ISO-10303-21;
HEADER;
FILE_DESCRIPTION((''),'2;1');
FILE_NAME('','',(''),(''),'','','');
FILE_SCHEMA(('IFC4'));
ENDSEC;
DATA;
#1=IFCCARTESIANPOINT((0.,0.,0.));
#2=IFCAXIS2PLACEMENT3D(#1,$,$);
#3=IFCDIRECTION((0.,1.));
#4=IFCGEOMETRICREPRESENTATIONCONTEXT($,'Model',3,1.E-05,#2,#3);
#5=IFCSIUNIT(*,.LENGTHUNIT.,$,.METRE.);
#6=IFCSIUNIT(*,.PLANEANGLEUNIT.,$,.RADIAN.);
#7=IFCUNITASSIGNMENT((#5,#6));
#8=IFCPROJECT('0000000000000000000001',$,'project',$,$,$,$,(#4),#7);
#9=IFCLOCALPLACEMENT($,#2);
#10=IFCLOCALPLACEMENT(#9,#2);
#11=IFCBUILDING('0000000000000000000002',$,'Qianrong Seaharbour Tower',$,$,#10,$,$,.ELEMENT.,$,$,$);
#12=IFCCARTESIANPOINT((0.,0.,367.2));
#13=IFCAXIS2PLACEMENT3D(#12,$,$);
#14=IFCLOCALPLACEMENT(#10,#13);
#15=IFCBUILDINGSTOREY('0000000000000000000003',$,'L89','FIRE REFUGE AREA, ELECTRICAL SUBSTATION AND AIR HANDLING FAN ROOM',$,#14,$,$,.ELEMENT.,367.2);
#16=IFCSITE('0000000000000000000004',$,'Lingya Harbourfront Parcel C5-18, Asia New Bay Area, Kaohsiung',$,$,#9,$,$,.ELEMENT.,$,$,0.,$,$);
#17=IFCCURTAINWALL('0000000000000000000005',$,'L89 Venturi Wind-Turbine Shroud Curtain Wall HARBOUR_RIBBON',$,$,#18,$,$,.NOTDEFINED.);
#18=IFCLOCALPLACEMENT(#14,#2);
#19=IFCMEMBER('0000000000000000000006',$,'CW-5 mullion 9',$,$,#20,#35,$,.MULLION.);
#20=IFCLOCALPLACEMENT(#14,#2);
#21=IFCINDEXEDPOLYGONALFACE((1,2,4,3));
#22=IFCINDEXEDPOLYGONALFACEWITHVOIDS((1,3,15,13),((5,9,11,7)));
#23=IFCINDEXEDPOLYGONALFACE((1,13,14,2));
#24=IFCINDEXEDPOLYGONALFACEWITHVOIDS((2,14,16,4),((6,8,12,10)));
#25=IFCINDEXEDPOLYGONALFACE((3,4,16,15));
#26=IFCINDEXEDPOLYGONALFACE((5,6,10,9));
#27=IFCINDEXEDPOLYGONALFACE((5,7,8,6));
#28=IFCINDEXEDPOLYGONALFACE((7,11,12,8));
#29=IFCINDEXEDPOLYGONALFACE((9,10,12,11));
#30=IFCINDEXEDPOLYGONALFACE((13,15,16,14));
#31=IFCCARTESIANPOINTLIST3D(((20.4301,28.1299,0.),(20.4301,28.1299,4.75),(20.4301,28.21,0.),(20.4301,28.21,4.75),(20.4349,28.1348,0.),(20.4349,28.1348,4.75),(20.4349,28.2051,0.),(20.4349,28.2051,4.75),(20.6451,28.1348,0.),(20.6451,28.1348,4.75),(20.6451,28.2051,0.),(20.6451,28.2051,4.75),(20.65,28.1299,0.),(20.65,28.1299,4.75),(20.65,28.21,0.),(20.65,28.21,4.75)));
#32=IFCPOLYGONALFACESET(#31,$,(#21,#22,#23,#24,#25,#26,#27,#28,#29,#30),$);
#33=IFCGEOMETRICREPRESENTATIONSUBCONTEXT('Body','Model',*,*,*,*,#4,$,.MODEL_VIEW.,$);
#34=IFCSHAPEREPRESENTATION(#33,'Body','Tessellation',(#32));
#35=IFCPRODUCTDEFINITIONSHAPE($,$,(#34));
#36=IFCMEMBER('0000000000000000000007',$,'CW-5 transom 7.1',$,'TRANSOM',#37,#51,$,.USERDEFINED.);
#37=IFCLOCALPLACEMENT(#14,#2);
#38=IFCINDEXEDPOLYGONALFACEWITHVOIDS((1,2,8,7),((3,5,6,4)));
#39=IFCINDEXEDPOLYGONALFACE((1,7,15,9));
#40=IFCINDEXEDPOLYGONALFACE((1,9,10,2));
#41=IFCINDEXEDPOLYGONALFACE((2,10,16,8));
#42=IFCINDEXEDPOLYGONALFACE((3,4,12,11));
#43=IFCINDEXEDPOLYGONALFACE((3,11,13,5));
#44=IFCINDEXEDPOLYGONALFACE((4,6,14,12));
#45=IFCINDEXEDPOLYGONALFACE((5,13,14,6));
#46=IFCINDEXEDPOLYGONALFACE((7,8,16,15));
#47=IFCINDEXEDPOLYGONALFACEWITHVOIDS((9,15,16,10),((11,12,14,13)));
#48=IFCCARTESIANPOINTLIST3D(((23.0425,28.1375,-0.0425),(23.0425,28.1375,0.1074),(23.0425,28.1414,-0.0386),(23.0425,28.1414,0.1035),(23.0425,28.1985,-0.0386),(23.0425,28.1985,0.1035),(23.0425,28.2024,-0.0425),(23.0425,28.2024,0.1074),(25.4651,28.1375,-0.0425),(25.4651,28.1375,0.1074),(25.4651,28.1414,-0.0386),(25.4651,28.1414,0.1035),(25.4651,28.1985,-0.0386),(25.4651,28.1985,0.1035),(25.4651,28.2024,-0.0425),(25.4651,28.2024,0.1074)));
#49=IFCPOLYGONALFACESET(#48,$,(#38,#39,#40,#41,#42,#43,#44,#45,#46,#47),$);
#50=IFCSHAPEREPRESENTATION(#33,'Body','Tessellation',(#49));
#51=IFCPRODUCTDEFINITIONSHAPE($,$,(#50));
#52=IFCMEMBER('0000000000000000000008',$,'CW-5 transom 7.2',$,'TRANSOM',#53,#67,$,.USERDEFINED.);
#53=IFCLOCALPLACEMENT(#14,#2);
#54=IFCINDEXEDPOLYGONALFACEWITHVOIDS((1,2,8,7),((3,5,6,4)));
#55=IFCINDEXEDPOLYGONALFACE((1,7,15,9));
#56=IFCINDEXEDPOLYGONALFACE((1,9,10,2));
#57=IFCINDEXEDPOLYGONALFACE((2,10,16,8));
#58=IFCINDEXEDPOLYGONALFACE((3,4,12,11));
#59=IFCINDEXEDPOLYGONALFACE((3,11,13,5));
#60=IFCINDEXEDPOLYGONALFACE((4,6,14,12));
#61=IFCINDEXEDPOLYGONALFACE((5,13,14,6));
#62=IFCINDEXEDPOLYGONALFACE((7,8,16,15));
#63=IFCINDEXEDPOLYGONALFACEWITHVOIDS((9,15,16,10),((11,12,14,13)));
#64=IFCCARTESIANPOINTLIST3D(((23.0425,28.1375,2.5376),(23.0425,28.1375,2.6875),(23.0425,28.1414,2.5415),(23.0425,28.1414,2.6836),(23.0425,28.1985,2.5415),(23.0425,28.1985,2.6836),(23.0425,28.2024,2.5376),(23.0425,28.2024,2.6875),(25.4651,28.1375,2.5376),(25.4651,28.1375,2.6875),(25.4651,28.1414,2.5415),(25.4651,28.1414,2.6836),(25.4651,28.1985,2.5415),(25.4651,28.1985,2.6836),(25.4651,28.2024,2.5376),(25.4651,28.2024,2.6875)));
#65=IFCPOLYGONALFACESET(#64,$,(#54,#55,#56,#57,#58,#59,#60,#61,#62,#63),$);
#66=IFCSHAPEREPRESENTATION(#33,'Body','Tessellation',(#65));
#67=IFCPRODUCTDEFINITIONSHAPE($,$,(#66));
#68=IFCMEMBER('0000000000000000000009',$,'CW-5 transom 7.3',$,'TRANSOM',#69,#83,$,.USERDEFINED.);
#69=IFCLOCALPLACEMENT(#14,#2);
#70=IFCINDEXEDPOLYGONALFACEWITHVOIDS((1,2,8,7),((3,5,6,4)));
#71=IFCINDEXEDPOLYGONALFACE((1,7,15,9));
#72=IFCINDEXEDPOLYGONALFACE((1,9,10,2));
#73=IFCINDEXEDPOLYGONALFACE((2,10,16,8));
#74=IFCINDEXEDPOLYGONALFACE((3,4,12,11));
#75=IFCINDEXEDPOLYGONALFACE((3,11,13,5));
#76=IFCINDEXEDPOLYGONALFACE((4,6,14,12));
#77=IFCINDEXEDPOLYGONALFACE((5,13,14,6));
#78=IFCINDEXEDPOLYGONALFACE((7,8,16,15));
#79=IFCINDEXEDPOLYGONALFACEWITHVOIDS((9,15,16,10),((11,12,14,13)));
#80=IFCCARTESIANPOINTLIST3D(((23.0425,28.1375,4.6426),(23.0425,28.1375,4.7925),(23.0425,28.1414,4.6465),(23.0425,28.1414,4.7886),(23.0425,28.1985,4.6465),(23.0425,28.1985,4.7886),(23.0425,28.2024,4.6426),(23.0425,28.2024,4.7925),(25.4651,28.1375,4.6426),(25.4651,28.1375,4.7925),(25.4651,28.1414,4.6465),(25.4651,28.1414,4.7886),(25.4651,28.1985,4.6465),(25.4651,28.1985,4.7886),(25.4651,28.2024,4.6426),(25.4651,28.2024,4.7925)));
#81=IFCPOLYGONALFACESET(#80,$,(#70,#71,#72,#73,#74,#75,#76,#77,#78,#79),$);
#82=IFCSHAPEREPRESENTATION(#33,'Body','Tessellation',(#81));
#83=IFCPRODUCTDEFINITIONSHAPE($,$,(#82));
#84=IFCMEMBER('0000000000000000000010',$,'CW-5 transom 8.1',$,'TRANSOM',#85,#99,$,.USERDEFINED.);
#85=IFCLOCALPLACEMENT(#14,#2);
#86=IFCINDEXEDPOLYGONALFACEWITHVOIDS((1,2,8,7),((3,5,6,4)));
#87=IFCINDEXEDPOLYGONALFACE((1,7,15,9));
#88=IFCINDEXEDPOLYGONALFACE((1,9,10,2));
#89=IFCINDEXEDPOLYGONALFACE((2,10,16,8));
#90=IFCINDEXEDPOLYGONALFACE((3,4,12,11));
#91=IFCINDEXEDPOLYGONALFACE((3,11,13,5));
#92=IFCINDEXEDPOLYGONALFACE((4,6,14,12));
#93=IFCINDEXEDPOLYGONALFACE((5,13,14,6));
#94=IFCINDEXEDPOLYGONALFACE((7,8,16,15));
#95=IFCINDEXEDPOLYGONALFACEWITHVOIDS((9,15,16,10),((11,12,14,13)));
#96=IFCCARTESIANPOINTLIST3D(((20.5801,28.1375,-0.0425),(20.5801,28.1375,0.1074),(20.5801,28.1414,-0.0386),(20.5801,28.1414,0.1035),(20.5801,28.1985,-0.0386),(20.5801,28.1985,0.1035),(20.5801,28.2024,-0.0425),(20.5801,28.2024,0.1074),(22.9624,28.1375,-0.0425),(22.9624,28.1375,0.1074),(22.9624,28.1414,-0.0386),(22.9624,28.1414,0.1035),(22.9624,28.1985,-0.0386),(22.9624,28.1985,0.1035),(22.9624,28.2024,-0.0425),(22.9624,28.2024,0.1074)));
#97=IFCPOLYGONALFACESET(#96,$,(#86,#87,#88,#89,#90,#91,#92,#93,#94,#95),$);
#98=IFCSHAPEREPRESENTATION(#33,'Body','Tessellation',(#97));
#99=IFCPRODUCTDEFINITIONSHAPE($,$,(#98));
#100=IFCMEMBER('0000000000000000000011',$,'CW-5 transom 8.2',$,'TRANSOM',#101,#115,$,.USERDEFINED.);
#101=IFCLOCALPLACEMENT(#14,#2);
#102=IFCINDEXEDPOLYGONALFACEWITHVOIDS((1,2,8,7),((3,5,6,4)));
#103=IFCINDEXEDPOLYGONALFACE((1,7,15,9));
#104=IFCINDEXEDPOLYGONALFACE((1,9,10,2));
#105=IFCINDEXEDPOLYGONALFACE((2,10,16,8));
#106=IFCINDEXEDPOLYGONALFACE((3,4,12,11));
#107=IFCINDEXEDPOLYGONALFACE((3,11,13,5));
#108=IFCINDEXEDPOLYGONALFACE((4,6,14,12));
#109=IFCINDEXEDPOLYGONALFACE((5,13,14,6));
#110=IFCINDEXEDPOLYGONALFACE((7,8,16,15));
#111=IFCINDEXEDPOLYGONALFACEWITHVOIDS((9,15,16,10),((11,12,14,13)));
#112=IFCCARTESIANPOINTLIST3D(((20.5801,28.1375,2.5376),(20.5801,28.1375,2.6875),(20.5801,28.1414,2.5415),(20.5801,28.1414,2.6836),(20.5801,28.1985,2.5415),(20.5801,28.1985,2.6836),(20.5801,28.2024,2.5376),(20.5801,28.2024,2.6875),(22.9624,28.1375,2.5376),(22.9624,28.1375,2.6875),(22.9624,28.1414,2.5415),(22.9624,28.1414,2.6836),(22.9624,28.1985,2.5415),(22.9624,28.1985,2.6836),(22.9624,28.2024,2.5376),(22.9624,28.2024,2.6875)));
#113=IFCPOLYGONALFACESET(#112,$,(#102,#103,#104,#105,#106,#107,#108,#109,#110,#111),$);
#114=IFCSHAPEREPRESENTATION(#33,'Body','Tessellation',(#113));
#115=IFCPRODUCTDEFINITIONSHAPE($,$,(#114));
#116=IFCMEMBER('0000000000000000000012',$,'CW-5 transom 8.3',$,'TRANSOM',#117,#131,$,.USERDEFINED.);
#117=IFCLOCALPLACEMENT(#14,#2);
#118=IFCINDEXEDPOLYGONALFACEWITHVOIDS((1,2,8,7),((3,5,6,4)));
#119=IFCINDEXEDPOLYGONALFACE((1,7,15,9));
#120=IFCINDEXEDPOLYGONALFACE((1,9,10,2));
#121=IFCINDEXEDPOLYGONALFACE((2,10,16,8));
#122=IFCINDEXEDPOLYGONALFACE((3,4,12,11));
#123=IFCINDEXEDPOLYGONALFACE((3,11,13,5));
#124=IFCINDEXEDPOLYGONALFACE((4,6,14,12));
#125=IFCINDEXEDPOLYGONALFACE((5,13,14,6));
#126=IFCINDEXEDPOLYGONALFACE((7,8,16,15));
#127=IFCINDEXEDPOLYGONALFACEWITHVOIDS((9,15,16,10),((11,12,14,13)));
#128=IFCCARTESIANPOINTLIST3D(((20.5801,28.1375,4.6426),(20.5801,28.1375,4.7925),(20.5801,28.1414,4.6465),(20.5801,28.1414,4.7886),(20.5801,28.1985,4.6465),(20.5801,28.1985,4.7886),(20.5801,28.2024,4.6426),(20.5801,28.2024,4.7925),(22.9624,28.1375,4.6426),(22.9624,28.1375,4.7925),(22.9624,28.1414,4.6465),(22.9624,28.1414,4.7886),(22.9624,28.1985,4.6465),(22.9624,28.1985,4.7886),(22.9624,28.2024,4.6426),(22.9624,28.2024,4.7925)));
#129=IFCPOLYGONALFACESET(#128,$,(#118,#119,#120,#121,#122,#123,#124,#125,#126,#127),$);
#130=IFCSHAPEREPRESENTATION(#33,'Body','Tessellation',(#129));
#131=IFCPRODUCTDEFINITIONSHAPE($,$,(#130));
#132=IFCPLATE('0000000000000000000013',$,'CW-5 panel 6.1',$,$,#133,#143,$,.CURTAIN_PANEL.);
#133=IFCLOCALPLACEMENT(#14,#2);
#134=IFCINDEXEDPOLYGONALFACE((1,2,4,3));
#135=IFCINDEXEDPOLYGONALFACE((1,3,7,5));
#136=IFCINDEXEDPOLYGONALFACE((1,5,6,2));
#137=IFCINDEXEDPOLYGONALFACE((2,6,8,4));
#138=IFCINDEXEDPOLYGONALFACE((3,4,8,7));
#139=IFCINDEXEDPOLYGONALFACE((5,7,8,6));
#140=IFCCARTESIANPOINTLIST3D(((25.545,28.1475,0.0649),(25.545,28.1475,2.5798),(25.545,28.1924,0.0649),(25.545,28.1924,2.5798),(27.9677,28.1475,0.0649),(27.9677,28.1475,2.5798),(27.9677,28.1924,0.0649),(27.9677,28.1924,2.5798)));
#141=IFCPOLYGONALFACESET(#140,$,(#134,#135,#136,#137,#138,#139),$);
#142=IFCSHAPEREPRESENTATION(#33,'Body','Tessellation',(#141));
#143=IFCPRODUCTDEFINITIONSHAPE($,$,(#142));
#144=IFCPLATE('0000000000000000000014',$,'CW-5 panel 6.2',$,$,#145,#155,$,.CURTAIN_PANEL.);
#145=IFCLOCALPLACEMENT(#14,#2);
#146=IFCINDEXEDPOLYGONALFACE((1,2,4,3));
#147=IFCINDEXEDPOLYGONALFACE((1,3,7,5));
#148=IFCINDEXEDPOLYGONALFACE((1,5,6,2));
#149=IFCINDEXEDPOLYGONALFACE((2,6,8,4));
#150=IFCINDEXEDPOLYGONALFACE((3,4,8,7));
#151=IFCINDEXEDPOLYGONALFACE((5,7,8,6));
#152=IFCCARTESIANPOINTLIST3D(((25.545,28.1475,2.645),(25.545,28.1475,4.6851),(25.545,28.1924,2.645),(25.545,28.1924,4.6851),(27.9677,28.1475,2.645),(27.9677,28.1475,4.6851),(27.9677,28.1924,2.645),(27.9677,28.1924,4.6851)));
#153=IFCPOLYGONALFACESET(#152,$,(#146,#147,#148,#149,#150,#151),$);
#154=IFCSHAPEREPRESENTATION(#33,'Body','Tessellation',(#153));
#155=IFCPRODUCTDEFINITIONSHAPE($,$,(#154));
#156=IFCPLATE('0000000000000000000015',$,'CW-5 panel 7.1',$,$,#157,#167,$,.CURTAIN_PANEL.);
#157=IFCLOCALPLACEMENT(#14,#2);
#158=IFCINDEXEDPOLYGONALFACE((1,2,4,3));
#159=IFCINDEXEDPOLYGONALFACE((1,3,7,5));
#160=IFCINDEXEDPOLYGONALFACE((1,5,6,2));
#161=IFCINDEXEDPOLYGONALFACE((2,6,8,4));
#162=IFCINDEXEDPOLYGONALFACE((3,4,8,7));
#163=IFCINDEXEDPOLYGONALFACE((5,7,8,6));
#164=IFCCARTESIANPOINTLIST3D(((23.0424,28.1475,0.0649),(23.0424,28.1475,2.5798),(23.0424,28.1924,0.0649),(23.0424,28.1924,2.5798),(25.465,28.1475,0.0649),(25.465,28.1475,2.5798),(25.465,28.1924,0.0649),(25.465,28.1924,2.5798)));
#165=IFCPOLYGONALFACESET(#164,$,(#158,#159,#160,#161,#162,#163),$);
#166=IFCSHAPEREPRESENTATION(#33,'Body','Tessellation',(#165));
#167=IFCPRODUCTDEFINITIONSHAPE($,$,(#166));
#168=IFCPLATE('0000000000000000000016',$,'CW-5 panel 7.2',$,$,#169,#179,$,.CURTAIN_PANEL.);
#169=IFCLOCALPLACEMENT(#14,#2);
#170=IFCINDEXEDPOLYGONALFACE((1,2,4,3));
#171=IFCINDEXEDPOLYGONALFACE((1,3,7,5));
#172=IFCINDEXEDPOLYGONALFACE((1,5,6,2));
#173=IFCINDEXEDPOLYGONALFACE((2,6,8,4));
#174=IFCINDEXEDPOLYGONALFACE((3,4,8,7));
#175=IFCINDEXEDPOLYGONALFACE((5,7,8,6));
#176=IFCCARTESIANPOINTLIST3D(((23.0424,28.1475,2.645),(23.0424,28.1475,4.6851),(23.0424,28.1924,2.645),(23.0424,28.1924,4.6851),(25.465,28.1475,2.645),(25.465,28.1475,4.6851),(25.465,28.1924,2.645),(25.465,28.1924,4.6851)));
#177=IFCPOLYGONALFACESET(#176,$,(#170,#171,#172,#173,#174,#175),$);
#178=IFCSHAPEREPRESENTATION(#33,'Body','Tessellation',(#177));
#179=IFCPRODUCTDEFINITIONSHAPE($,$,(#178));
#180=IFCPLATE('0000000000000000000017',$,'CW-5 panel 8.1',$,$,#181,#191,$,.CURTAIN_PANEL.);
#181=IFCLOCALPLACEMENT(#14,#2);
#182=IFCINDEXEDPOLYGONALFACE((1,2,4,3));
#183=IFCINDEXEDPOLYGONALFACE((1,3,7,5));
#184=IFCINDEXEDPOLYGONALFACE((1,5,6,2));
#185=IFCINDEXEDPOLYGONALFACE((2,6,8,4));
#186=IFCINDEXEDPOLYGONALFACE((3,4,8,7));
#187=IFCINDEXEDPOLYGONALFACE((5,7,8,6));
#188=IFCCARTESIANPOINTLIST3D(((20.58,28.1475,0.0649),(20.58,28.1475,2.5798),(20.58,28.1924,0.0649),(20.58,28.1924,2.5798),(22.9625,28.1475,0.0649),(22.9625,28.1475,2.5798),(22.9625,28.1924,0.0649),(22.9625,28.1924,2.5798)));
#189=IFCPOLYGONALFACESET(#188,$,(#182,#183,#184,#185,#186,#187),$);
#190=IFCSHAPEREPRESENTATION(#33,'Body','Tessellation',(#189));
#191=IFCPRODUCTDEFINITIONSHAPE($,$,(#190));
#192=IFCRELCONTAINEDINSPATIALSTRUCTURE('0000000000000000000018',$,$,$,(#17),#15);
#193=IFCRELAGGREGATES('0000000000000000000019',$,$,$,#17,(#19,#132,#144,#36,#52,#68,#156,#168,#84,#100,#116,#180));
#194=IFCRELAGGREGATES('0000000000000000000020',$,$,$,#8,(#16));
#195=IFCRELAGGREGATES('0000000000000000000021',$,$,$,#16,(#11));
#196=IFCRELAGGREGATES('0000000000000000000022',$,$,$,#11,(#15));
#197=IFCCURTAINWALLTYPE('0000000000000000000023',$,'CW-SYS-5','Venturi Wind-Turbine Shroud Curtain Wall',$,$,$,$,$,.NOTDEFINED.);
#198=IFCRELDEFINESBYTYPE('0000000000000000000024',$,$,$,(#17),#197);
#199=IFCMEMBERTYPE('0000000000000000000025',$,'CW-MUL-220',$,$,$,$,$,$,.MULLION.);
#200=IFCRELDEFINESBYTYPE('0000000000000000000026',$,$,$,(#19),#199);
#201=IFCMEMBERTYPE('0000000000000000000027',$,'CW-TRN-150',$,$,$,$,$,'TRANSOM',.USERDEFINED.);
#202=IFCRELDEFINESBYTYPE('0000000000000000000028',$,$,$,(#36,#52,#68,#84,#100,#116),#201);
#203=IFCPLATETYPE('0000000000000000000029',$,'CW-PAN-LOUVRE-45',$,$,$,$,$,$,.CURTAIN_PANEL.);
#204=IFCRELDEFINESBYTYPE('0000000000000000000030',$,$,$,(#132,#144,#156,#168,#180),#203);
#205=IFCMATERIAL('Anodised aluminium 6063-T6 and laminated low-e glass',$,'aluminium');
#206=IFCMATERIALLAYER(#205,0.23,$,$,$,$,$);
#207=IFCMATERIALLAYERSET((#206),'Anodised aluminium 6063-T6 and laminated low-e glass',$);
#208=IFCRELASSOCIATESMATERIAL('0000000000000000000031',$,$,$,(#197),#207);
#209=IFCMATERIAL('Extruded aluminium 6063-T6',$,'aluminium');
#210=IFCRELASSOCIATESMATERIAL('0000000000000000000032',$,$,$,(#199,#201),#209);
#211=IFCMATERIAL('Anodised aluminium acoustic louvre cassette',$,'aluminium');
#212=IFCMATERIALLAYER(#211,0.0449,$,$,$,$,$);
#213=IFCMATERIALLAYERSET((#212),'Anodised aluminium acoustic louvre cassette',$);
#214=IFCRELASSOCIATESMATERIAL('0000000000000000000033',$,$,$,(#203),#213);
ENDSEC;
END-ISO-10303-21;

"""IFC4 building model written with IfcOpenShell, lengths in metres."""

from ifc_helpers import new_model, si_unit, direction, frame, origin, origin_2d, place, context, subcontext, project, spatial, rectangle, hollow_rectangle, extrude, material, layer, layer_set, material_profile, profile_set, type_object, element, aggregate, save


model = new_model("IFC4")

# Units and contexts
model_context = context("Model", 3, precision=1e-05, world=origin(), true_north=direction((0.0, 1.0)))
body_context = subcontext(model_context, "Body", "Model", "MODEL_VIEW")
ifc_project = project(units=[si_unit("LENGTHUNIT", "METRE"), si_unit("PLANEANGLEUNIT", "RADIAN")], contexts=[model_context])

# Site, building, storey
site_placement = place(None, origin())
site = spatial("IfcSite", under=ifc_project, at=site_placement, Name="Lingya Harbourfront Parcel C5-18, Asia New Bay Area, Kaohsiung", CompositionType="ELEMENT", RefElevation=0.0)
building_placement = place(site_placement, origin())
building = spatial("IfcBuilding", under=site, at=building_placement, Name="Qianrong Seaharbour Tower", CompositionType="ELEMENT")
storey_placement = place(building_placement, frame((0.0, 0.0, 367.2)))
storey = spatial("IfcBuildingStorey", under=building, at=storey_placement, Name="L89", Description="FIRE REFUGE AREA, ELECTRICAL SUBSTATION AND AIR HANDLING FAN ROOM", CompositionType="ELEMENT", Elevation=367.2)

# Curtain wall, members, plates
ifc_material_1 = material(Name="Anodised aluminium 6063-T6 and laminated low-e glass", Category="aluminium")
ifc_layer_1 = layer(ifc_material_1, 0.23)
ifc_layer_set_1 = layer_set([ifc_layer_1], Name="Anodised aluminium 6063-T6 and laminated low-e glass")
curtain_wall_type = type_object("IfcCurtainWallType", Name="CW-SYS-5", Description="Venturi Wind-Turbine Shroud Curtain Wall", PredefinedType="NOTDEFINED", material=ifc_layer_set_1)
curtain_wall_placement = place(storey_placement, origin())
curtain_wall = element("IfcCurtainWall", 1, at=curtain_wall_placement, inside=storey, type_object=curtain_wall_type, Name="L89 Venturi Wind-Turbine Shroud Curtain Wall HARBOUR_RIBBON", PredefinedType="NOTDEFINED")
ifc_material_2 = material(Name="Extruded aluminium 6063-T6", Category="aluminium")
ifc_material_profile_1 = material_profile(ifc_material_2, hollow_rectangle(XDim=0.0801, YDim=0.22, WallThickness=0.0049, at=origin_2d()), Name="ALU-MUL-220x80x5")
ifc_profile_set_1 = profile_set([ifc_material_profile_1], Name="Extruded aluminium 6063-T6")
member_type_1 = type_object("IfcMemberType", Name="CW-MUL-220", PredefinedType="MULLION", material=ifc_profile_set_1)
member_1_placement = place(storey_placement, frame((20.54, 28.1699, 0.0), z_axis=(0.0, 0.0, 1.0), x_axis=(0.0, -1.0, 0.0)))
member_1 = element("IfcMember", 2, at=member_1_placement, type_object=member_type_1, Name="CW-5 mullion 9", PredefinedType="MULLION", context=body_context, shape_type="SweptSolid", body=[
    extrude(hollow_rectangle(XDim=0.0801, YDim=0.22, WallThickness=0.0049, at=origin_2d()), origin(), (0.0, 0.0, 1.0), 4.75),
])
ifc_material_profile_2 = material_profile(ifc_material_2, hollow_rectangle(XDim=0.0649, YDim=0.1499, WallThickness=0.0039, at=origin_2d()), Name="ALU-TRN-150x65x4")
ifc_profile_set_2 = profile_set([ifc_material_profile_2], Name="Extruded aluminium 6063-T6")
member_type_2 = type_object("IfcMemberType", Name="CW-TRN-150", ElementType="TRANSOM", PredefinedType="USERDEFINED", material=ifc_profile_set_2)
member_2_placement = place(storey_placement, frame((25.4651, 28.1699, 0.0325), z_axis=(-1.0, 0.0, 0.0), x_axis=(0.0, -1.0, 0.0)))
member_2 = element("IfcMember", 3, at=member_2_placement, type_object=member_type_2, Name="CW-5 transom 7.1", ObjectType="TRANSOM", PredefinedType="USERDEFINED", context=body_context, shape_type="SweptSolid", body=[
    extrude(hollow_rectangle(XDim=0.0649, YDim=0.1499, WallThickness=0.0039, at=origin_2d()), origin(), (0.0, 0.0, 1.0), 2.4226),
])
member_3_placement = place(storey_placement, frame((25.4651, 28.1699, 2.6125), z_axis=(-1.0, 0.0, 0.0), x_axis=(0.0, -1.0, 0.0)))
member_3 = element("IfcMember", 4, at=member_3_placement, type_object=member_type_2, Name="CW-5 transom 7.2", ObjectType="TRANSOM", PredefinedType="USERDEFINED", context=body_context, shape_type="SweptSolid", body=[
    extrude(hollow_rectangle(XDim=0.0649, YDim=0.1499, WallThickness=0.0039, at=origin_2d()), origin(), (0.0, 0.0, 1.0), 2.4226),
])
member_4_placement = place(storey_placement, frame((25.4651, 28.1699, 4.7175), z_axis=(-1.0, 0.0, 0.0), x_axis=(0.0, -1.0, 0.0)))
member_4 = element("IfcMember", 5, at=member_4_placement, type_object=member_type_2, Name="CW-5 transom 7.3", ObjectType="TRANSOM", PredefinedType="USERDEFINED", context=body_context, shape_type="SweptSolid", body=[
    extrude(hollow_rectangle(XDim=0.0649, YDim=0.1499, WallThickness=0.0039, at=origin_2d()), origin(), (0.0, 0.0, 1.0), 2.4226),
])
member_5_placement = place(storey_placement, frame((22.9624, 28.1699, 0.0325), z_axis=(-1.0, 0.0, 0.0), x_axis=(0.0, -1.0, 0.0)))
member_5 = element("IfcMember", 6, at=member_5_placement, type_object=member_type_2, Name="CW-5 transom 8.1", ObjectType="TRANSOM", PredefinedType="USERDEFINED", context=body_context, shape_type="SweptSolid", body=[
    extrude(hollow_rectangle(XDim=0.0649, YDim=0.1499, WallThickness=0.0039, at=origin_2d()), origin(), (0.0, 0.0, 1.0), 2.3823),
])
member_6_placement = place(storey_placement, frame((22.9624, 28.1699, 2.6125), z_axis=(-1.0, 0.0, 0.0), x_axis=(0.0, -1.0, 0.0)))
member_6 = element("IfcMember", 7, at=member_6_placement, type_object=member_type_2, Name="CW-5 transom 8.2", ObjectType="TRANSOM", PredefinedType="USERDEFINED", context=body_context, shape_type="SweptSolid", body=[
    extrude(hollow_rectangle(XDim=0.0649, YDim=0.1499, WallThickness=0.0039, at=origin_2d()), origin(), (0.0, 0.0, 1.0), 2.3823),
])
member_7_placement = place(storey_placement, frame((22.9624, 28.1699, 4.7175), z_axis=(-1.0, 0.0, 0.0), x_axis=(0.0, -1.0, 0.0)))
member_7 = element("IfcMember", 8, at=member_7_placement, type_object=member_type_2, Name="CW-5 transom 8.3", ObjectType="TRANSOM", PredefinedType="USERDEFINED", context=body_context, shape_type="SweptSolid", body=[
    extrude(hollow_rectangle(XDim=0.0649, YDim=0.1499, WallThickness=0.0039, at=origin_2d()), origin(), (0.0, 0.0, 1.0), 2.3823),
])
ifc_material_3 = material(Name="Anodised aluminium acoustic louvre cassette", Category="aluminium")
ifc_layer_2 = layer(ifc_material_3, 0.0449)
ifc_layer_set_2 = layer_set([ifc_layer_2], Name="Anodised aluminium acoustic louvre cassette")
plate_type = type_object("IfcPlateType", Name="CW-PAN-LOUVRE-45", PredefinedType="CURTAIN_PANEL", material=ifc_layer_set_2)
plate_1_placement = place(storey_placement, frame((26.7563, 28.1699, 0.0649), z_axis=(0.0, 0.0, 1.0), x_axis=(-1.0, 0.0, 0.0)))
plate_1 = element("IfcPlate", 9, at=plate_1_placement, type_object=plate_type, Name="CW-5 panel 6.1", PredefinedType="CURTAIN_PANEL", context=body_context, shape_type="SweptSolid", body=[
    extrude(rectangle(XDim=2.4226, YDim=0.0449, at=origin_2d()), origin(), (0.0, 0.0, 1.0), 2.5149),
])
plate_2_placement = place(storey_placement, frame((26.7563, 28.1699, 2.645), z_axis=(0.0, 0.0, 1.0), x_axis=(-1.0, 0.0, 0.0)))
plate_2 = element("IfcPlate", 10, at=plate_2_placement, type_object=plate_type, Name="CW-5 panel 6.2", PredefinedType="CURTAIN_PANEL", context=body_context, shape_type="SweptSolid", body=[
    extrude(rectangle(XDim=2.4226, YDim=0.0449, at=origin_2d()), origin(), (0.0, 0.0, 1.0), 2.04),
])
plate_3_placement = place(storey_placement, frame((24.2537, 28.1699, 0.0649), z_axis=(0.0, 0.0, 1.0), x_axis=(-1.0, 0.0, 0.0)))
plate_3 = element("IfcPlate", 11, at=plate_3_placement, type_object=plate_type, Name="CW-5 panel 7.1", PredefinedType="CURTAIN_PANEL", context=body_context, shape_type="SweptSolid", body=[
    extrude(rectangle(XDim=2.4226, YDim=0.0449, at=origin_2d()), origin(), (0.0, 0.0, 1.0), 2.5149),
])
plate_4_placement = place(storey_placement, frame((24.2537, 28.1699, 2.645), z_axis=(0.0, 0.0, 1.0), x_axis=(-1.0, 0.0, 0.0)))
plate_4 = element("IfcPlate", 12, at=plate_4_placement, type_object=plate_type, Name="CW-5 panel 7.2", PredefinedType="CURTAIN_PANEL", context=body_context, shape_type="SweptSolid", body=[
    extrude(rectangle(XDim=2.4226, YDim=0.0449, at=origin_2d()), origin(), (0.0, 0.0, 1.0), 2.04),
])
plate_5_placement = place(storey_placement, frame((21.7712, 28.1699, 0.0649), z_axis=(0.0, 0.0, 1.0), x_axis=(-1.0, 0.0, 0.0)))
plate_5 = element("IfcPlate", 13, at=plate_5_placement, type_object=plate_type, Name="CW-5 panel 8.1", PredefinedType="CURTAIN_PANEL", context=body_context, shape_type="SweptSolid", body=[
    extrude(rectangle(XDim=2.3826, YDim=0.0449, at=origin_2d()), origin(), (0.0, 0.0, 1.0), 2.5149),
])
aggregate(curtain_wall, [member_1, plate_1, plate_2, member_2, member_3, member_4, plate_3, plate_4, member_5, member_6, member_7, plate_5])

save(model, "model.ifc")
